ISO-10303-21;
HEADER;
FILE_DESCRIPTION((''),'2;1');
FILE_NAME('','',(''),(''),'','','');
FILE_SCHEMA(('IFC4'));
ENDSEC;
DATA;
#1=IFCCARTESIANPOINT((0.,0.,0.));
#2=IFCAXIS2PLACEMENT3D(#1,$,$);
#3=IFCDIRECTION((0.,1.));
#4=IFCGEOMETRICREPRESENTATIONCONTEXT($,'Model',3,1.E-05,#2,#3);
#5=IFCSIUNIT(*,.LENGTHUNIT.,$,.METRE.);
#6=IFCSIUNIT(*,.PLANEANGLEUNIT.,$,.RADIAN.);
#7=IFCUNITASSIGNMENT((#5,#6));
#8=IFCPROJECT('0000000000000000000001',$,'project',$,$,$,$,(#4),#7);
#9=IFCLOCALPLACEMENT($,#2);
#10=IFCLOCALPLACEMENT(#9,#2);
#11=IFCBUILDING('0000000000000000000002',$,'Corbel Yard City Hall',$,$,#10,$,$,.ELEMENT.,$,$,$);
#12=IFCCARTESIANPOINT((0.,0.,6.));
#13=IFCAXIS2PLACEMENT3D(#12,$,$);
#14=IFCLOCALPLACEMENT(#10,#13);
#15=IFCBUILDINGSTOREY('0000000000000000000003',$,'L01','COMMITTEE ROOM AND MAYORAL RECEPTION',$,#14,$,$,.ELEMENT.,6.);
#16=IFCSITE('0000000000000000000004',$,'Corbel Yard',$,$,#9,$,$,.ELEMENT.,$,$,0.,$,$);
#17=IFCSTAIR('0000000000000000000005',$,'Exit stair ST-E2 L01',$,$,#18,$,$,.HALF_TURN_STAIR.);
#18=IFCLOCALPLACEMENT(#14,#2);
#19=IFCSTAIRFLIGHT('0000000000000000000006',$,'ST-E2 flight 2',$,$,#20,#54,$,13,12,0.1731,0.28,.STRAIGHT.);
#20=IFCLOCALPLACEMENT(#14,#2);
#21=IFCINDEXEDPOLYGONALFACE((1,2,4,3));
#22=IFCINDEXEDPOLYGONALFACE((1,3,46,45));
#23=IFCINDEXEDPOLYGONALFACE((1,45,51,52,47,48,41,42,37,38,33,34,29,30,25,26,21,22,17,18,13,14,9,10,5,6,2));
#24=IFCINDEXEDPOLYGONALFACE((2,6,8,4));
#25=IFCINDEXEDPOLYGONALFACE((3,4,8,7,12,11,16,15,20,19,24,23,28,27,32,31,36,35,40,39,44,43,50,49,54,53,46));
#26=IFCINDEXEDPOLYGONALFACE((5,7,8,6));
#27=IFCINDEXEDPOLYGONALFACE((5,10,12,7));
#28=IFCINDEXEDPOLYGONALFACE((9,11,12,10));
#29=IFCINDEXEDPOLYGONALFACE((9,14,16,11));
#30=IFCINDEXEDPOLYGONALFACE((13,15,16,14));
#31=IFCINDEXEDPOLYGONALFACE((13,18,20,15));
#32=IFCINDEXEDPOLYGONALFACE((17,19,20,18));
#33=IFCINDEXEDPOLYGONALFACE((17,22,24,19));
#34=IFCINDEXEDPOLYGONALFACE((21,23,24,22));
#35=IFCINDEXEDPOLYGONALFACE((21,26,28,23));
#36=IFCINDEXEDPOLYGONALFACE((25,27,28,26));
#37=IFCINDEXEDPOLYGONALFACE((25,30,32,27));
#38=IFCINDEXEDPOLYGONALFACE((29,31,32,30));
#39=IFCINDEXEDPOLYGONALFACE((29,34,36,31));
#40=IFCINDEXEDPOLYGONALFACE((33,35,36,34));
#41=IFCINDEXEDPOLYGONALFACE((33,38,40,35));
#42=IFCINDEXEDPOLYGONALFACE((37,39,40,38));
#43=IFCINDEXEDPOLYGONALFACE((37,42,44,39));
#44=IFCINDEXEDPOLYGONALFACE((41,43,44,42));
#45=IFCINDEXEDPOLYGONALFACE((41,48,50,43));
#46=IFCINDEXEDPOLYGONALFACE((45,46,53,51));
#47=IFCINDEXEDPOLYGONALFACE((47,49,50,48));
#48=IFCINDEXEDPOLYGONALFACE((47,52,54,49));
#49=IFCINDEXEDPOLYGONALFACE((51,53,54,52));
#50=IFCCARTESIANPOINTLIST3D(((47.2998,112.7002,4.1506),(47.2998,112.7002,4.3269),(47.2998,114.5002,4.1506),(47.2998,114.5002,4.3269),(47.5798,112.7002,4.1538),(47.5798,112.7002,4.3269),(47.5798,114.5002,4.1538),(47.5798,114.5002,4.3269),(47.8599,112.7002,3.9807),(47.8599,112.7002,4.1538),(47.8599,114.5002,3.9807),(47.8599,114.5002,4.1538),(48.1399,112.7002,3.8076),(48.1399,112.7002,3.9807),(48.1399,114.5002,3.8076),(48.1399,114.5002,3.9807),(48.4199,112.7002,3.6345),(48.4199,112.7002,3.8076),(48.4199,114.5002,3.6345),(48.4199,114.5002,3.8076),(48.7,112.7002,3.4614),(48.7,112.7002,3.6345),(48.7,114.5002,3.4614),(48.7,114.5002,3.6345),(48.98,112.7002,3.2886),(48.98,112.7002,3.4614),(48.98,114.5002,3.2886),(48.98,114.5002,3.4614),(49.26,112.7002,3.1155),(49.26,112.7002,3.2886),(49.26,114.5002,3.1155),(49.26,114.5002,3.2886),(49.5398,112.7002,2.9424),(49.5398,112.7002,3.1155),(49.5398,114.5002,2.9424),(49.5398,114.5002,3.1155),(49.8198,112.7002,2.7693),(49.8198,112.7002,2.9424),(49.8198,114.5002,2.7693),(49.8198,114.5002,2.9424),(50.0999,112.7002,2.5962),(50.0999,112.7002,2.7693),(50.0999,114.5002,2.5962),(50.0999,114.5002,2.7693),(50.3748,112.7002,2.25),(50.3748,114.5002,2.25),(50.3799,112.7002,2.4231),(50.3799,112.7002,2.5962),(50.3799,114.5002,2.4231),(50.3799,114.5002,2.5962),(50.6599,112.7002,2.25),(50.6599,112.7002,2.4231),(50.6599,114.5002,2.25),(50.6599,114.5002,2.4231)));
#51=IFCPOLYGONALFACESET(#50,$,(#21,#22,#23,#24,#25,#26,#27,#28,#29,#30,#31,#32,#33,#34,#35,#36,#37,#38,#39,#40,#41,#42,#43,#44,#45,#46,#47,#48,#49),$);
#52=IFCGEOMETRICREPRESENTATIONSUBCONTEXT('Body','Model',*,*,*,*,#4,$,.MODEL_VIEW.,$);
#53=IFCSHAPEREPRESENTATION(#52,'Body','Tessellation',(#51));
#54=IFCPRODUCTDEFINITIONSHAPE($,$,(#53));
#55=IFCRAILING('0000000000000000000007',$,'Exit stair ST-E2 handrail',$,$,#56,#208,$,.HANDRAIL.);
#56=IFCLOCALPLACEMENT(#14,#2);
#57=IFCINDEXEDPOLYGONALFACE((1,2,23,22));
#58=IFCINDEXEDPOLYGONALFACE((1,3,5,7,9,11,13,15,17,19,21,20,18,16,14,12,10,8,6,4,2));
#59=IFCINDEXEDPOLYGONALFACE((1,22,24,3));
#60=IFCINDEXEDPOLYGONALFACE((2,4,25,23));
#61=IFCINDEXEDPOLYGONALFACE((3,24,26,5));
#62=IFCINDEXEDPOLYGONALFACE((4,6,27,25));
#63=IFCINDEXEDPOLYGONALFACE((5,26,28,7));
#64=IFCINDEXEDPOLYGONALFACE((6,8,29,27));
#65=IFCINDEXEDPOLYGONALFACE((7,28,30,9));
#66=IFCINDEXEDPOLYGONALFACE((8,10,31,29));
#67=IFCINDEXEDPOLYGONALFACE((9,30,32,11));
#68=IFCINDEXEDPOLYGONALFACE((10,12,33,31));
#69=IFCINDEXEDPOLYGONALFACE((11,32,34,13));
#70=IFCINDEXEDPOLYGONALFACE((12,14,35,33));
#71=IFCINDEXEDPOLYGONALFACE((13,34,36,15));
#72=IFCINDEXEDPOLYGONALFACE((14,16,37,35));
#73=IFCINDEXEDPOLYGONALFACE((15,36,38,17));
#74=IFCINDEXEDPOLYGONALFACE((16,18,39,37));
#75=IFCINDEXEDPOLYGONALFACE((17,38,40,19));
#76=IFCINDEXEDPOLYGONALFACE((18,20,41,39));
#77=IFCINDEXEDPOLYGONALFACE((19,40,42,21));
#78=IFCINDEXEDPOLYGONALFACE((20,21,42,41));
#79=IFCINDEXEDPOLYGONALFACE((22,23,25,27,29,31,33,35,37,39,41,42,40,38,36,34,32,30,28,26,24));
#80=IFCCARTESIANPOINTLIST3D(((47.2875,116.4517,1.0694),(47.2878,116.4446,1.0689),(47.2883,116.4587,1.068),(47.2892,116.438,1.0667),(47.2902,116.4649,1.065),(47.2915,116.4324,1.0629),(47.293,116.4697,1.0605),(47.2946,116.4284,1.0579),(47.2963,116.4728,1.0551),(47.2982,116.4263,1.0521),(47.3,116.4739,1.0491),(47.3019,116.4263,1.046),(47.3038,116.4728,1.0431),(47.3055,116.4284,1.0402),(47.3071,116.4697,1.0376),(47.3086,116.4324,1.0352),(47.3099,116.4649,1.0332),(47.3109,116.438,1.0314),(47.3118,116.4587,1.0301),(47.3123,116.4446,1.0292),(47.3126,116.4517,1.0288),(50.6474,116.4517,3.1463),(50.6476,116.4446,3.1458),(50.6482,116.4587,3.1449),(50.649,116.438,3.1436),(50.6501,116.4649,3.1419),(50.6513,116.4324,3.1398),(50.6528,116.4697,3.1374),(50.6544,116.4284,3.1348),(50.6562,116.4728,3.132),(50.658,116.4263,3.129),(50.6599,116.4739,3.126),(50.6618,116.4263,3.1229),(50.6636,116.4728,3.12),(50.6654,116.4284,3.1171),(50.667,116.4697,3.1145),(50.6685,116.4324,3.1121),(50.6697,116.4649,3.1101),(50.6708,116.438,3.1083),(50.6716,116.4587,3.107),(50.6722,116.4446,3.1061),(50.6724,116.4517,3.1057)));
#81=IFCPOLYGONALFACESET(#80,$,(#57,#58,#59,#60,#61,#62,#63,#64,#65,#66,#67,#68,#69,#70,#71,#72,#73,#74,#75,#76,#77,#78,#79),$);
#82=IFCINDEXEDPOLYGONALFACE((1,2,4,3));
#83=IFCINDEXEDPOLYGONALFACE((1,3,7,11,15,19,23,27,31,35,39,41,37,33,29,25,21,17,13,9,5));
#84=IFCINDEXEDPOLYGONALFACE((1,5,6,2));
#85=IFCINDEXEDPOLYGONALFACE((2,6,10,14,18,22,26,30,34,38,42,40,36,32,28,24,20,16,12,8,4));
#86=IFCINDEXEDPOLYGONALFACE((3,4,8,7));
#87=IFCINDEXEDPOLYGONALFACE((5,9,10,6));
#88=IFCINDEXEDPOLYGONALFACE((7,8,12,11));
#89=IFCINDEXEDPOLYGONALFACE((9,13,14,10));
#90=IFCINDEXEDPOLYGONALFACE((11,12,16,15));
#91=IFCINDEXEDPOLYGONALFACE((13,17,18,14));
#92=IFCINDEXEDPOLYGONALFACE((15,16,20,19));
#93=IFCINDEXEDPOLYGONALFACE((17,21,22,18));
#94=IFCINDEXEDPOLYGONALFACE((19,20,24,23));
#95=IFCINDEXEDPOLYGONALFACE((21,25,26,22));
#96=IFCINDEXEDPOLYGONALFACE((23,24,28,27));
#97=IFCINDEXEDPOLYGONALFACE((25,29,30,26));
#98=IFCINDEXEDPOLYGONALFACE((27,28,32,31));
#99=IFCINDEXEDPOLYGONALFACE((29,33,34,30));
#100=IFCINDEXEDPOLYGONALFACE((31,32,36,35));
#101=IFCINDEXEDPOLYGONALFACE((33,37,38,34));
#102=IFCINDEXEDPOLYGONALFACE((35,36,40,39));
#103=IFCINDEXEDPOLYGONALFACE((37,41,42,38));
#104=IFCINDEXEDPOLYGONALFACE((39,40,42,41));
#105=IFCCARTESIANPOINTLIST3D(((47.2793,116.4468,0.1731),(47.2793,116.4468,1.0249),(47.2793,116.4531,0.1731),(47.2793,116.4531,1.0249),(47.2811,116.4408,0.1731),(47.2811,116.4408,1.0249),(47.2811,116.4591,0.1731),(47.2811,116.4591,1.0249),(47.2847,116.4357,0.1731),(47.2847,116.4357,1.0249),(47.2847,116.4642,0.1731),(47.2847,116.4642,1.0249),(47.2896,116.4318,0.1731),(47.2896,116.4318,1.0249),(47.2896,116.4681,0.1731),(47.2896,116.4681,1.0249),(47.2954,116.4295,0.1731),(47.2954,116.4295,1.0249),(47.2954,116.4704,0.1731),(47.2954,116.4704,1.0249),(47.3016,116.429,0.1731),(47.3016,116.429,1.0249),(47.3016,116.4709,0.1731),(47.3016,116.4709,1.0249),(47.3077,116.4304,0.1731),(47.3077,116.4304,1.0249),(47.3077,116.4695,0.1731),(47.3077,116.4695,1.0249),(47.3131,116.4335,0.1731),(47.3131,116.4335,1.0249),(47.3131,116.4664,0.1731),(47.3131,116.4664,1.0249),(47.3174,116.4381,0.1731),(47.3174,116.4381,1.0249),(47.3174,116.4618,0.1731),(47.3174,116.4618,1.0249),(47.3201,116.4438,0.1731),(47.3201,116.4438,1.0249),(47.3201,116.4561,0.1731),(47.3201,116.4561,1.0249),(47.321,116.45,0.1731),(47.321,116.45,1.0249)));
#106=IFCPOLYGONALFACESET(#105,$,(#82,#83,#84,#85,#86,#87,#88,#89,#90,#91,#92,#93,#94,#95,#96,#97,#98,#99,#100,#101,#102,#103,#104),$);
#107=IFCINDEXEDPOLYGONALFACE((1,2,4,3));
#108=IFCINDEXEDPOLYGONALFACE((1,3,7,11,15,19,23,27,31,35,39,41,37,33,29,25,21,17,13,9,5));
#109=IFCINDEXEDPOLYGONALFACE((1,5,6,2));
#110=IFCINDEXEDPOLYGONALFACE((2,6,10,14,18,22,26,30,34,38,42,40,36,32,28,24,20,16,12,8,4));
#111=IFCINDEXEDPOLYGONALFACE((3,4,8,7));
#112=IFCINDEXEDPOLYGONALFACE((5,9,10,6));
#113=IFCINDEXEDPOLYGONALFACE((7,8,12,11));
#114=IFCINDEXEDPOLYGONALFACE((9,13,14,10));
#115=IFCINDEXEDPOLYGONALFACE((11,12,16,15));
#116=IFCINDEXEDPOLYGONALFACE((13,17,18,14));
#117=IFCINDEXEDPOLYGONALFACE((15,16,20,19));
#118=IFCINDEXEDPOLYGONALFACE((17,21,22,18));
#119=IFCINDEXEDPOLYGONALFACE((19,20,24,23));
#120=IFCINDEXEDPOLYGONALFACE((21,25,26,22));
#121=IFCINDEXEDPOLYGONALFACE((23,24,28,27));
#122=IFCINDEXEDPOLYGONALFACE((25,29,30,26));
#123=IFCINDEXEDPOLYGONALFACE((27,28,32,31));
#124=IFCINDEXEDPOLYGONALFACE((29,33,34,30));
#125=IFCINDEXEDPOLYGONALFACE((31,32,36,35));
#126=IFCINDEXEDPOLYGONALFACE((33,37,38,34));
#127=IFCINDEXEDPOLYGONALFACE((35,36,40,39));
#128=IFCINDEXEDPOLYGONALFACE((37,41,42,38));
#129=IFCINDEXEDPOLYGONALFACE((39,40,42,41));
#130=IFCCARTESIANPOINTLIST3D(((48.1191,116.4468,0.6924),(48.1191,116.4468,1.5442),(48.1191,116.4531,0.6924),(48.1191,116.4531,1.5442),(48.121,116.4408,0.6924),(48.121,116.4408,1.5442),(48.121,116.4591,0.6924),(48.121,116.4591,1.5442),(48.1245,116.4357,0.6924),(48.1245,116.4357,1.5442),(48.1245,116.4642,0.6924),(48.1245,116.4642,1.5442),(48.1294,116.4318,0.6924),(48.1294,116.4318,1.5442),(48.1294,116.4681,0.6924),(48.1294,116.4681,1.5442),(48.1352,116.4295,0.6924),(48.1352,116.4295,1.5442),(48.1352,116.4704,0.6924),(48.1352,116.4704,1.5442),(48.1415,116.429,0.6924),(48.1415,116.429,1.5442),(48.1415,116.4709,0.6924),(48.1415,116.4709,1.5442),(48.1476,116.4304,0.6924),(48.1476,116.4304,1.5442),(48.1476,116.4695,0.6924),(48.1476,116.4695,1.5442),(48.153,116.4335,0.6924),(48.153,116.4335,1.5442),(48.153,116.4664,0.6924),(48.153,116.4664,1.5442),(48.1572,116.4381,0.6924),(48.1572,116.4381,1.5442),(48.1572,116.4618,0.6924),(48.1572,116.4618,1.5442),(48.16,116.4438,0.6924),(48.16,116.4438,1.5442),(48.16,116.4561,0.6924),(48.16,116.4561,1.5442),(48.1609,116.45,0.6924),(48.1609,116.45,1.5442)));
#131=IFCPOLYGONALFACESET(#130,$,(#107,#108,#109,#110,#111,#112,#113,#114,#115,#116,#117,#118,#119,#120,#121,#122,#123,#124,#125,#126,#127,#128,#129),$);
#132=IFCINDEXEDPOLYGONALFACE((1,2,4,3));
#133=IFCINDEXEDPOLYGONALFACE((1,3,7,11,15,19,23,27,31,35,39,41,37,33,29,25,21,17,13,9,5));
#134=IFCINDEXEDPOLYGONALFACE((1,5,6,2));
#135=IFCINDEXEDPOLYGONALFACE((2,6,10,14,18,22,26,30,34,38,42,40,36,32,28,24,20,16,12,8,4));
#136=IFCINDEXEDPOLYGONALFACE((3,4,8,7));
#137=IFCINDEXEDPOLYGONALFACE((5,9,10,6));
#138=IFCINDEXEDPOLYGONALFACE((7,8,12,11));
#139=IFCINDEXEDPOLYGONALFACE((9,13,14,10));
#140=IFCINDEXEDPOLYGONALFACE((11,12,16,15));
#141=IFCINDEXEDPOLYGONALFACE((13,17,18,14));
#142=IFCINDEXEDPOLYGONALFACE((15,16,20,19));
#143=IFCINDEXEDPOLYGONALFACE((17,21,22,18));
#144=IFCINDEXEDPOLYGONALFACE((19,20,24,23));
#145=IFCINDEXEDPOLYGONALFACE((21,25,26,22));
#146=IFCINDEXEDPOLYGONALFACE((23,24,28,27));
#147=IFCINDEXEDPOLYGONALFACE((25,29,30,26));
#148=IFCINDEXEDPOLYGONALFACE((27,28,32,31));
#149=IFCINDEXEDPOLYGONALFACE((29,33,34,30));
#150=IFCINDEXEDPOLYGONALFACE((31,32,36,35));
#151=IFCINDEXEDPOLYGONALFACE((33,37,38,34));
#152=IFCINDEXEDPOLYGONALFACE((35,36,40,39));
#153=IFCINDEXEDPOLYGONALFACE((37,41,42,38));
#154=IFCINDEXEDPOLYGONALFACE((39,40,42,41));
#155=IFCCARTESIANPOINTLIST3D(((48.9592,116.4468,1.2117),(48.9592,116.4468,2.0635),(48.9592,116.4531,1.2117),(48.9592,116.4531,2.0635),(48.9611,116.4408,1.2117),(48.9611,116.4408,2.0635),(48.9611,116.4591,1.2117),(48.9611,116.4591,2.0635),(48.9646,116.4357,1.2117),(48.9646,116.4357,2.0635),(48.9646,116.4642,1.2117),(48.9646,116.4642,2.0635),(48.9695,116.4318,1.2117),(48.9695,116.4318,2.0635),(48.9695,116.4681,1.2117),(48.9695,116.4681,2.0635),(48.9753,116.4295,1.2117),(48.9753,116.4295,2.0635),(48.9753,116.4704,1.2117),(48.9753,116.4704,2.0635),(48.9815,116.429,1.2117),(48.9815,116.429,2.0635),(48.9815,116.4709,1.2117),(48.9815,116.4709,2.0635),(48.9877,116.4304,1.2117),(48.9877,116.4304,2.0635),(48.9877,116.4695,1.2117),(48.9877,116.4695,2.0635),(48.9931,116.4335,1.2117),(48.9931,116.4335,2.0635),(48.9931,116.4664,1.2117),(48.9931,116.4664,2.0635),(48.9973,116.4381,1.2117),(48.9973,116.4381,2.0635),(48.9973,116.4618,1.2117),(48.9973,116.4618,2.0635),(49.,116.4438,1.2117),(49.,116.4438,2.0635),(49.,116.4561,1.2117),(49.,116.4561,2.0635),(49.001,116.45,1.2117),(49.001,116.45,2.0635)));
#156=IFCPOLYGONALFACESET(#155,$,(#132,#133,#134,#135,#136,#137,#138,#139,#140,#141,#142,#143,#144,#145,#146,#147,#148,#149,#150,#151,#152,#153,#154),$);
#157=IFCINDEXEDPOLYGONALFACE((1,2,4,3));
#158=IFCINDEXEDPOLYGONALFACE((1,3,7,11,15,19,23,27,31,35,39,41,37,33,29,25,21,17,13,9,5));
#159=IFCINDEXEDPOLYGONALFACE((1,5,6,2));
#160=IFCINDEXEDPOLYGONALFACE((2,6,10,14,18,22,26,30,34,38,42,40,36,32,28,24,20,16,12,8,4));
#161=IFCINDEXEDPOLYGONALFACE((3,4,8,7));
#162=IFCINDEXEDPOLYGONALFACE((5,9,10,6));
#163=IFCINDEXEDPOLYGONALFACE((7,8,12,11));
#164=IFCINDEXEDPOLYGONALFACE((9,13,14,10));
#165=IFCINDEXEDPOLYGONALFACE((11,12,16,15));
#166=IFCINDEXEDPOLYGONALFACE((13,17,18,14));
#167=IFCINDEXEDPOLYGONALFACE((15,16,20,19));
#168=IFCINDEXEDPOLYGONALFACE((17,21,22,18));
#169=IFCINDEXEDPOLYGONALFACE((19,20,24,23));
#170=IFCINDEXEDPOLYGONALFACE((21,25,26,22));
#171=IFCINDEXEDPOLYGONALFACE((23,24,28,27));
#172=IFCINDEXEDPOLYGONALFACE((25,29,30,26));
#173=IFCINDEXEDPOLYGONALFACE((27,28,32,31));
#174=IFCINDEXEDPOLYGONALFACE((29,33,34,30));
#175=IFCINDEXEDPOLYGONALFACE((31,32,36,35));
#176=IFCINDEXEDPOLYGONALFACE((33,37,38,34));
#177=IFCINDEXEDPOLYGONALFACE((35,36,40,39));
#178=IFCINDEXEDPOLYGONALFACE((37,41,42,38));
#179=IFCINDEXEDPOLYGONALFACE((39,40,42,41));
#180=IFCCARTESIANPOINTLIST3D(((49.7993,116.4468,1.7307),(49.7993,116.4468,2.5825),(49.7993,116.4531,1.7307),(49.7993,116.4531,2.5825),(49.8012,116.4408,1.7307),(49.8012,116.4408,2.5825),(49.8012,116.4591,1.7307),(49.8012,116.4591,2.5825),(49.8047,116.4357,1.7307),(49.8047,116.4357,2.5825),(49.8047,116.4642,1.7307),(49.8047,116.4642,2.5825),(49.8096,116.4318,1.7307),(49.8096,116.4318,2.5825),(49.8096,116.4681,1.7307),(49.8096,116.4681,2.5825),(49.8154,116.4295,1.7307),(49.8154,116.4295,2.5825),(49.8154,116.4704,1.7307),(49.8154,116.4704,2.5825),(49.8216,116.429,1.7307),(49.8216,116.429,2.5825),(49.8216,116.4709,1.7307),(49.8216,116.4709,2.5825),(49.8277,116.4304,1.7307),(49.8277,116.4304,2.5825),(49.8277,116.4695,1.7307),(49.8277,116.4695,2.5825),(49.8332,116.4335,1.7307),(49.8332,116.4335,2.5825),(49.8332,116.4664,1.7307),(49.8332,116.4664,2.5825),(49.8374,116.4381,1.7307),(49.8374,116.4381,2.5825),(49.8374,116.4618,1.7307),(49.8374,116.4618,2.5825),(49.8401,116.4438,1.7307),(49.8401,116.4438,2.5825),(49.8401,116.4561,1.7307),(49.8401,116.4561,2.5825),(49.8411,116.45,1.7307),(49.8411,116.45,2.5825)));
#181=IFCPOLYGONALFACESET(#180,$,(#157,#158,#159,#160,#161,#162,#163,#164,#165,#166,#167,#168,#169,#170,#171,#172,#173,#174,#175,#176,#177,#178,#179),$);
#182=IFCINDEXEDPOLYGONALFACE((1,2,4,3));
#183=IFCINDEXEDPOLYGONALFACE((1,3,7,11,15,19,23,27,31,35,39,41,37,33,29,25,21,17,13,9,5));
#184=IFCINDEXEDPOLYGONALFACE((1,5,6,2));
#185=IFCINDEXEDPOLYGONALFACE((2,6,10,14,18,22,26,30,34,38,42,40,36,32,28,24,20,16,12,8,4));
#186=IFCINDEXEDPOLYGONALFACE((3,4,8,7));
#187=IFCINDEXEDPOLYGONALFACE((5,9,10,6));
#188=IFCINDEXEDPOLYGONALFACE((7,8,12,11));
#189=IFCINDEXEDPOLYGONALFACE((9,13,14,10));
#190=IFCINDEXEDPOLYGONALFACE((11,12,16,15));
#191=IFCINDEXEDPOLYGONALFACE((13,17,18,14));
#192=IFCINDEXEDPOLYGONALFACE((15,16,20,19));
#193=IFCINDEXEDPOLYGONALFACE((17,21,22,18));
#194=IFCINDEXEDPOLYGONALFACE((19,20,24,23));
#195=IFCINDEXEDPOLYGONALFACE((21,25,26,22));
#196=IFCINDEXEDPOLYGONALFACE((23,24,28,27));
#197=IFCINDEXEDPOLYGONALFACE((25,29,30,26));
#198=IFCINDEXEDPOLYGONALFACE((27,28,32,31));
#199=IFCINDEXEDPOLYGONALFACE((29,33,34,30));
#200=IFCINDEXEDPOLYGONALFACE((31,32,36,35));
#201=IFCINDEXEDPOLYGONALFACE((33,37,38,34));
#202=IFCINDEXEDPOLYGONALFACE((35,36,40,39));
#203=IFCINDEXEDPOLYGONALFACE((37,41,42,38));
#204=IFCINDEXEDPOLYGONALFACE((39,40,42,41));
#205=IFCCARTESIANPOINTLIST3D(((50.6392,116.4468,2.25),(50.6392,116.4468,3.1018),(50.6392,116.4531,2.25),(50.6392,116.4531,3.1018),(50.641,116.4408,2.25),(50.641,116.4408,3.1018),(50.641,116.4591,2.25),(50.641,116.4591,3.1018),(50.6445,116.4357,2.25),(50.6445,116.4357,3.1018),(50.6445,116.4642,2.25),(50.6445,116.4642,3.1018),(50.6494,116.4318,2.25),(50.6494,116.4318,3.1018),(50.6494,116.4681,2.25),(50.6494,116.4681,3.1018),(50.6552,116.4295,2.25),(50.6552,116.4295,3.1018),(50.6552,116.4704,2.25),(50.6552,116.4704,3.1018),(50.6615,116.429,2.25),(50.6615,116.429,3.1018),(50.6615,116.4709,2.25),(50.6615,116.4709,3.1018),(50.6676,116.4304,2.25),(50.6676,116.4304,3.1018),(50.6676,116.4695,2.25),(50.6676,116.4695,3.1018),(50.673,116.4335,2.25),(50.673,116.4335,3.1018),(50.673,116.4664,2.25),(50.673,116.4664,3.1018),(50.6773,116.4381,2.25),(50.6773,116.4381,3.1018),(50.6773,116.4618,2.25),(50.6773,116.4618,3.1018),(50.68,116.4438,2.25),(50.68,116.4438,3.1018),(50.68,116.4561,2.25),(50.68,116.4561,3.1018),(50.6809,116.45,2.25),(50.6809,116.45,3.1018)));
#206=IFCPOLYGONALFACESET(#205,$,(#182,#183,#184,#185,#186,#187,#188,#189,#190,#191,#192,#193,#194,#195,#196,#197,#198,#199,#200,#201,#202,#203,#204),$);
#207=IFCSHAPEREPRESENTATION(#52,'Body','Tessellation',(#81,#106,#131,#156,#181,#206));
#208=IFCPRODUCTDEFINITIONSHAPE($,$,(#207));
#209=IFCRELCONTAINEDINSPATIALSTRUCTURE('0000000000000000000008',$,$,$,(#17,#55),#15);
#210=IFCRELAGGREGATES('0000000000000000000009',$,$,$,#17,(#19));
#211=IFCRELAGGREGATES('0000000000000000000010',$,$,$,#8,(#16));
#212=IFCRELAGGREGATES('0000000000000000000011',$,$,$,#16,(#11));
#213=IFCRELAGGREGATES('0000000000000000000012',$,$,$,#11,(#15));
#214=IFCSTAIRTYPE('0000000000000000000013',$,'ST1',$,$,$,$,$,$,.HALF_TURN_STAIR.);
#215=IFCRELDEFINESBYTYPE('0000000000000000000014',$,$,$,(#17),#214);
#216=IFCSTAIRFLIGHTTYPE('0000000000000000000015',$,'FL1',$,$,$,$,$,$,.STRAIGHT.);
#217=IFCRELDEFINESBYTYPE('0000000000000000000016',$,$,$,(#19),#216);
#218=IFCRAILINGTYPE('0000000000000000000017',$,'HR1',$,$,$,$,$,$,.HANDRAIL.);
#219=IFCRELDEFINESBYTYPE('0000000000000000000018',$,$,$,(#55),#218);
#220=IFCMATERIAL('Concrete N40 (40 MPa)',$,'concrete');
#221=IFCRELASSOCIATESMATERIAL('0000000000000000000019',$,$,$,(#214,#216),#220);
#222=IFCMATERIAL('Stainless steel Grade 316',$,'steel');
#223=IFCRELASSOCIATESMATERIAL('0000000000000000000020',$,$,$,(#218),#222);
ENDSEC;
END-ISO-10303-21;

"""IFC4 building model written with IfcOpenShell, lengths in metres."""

from ifc_helpers import new_model, si_unit, direction, frame, origin, origin_2d, place, context, subcontext, project, spatial, polyline, circle, outline, extrude, material, type_object, element, aggregate, save


model = new_model("IFC4")

# Units and contexts
model_context = context("Model", 3, precision=1e-05, world=origin(), true_north=direction((0.0, 1.0)))
body_context = subcontext(model_context, "Body", "Model", "MODEL_VIEW")
ifc_project = project(units=[si_unit("LENGTHUNIT", "METRE"), si_unit("PLANEANGLEUNIT", "RADIAN")], contexts=[model_context])

# Site, building, storey
site_placement = place(None, origin())
site = spatial("IfcSite", under=ifc_project, at=site_placement, Name="Corbel Yard", CompositionType="ELEMENT", RefElevation=0.0)
building_placement = place(site_placement, origin())
building = spatial("IfcBuilding", under=site, at=building_placement, Name="Corbel Yard City Hall", CompositionType="ELEMENT")
storey_placement = place(building_placement, frame((0.0, 0.0, 6.0)))
storey = spatial("IfcBuildingStorey", under=building, at=storey_placement, Name="L01", Description="COMMITTEE ROOM AND MAYORAL RECEPTION", CompositionType="ELEMENT", Elevation=6.0)

# Shared definitions
ifc_material_1 = material(Name="Concrete N40 (40 MPa)", Category="concrete")

# Stair, stair flight
stair_type = type_object("IfcStairType", Name="ST1", PredefinedType="HALF_TURN_STAIR", material=ifc_material_1)
stair_placement = place(storey_placement, origin())
stair = element("IfcStair", 1, at=stair_placement, inside=storey, type_object=stair_type, Name="Exit stair ST-E2 L01", PredefinedType="HALF_TURN_STAIR")
stair_flight_type = type_object("IfcStairFlightType", Name="FL1", PredefinedType="STRAIGHT", material=ifc_material_1)
stair_flight_1_placement = place(storey_placement, frame((50.6599, 113.6001, 2.25), z_axis=(0.0, 0.0, 1.0), x_axis=(-1.0, 0.0, 0.0)))
stair_flight_1 = element("IfcStairFlight", 2, at=stair_flight_1_placement, type_object=stair_flight_type, Name="ST-E2 flight 2", NumberOfRisers=13, NumberOfTreads=12, PredefinedType="STRAIGHT", RiserHeight=0.1731, TreadLength=0.28, context=body_context, shape_type="SweptSolid", body=[
    extrude(outline(polyline([(0.0, 0.0), (0.0, 0.1731), (0.28, 0.1731), (0.28, 0.3462), (0.5601, 0.3462), (0.5601, 0.5193), (0.8401, 0.5193), (0.8401, 0.6924), (1.1201, 0.6924), (1.1201, 0.8655), (1.3999, 0.8655), (1.3999, 1.0386), (1.6799, 1.0386), (1.6799, 1.2114), (1.96, 1.2114), (1.96, 1.3845), (2.24, 1.3845), (2.24, 1.5576), (2.52, 1.5576), (2.52, 1.7307), (2.8, 1.7307), (2.8, 1.9038), (3.0801, 1.9038), (3.0801, 2.0769), (3.3601, 2.0769), (3.3601, 2.25), (3.3601, 1.9006), (0.2852, 0.0), (0.0, 0.0)])), frame((0.0, 0.8999, 0.0), z_axis=(0.0, -1.0, 0.0), x_axis=(1.0, 0.0, 0.0)), (0.0, 0.0, 1.0), 1.8),
])
aggregate(stair, [stair_flight_1])

# Railing
ifc_material_2 = material(Name="Stainless steel Grade 316", Category="steel")
railing_type = type_object("IfcRailingType", Name="HR1", PredefinedType="HANDRAIL", material=ifc_material_2)
for number, where, name in (
    (3, (47.3, 116.45, 0.1731), "Exit stair ST-E2 handrail"),
):
    element("IfcRailing", number, at=place(storey_placement, frame(where)), inside=storey, type_object=railing_type, Name=name, PredefinedType="HANDRAIL", context=body_context, shape_type="SweptSolid", body=[
        extrude(circle(Radius=0.0239, at=origin_2d()), frame((0.0, 0.0, 0.876), z_axis=(0.850606, 0.0, 0.525803), x_axis=(0.0, 1.0, 0.0)), (0.0, 0.0, 1.0), 3.95),
        extrude(circle(Radius=0.021, at=origin_2d()), origin(), (0.0, 0.0, 1.0), 0.8518),
        extrude(circle(Radius=0.021, at=origin_2d()), frame((0.8398, 0.0, 0.5193)), (0.0, 0.0, 1.0), 0.8518),
        extrude(circle(Radius=0.021, at=origin_2d()), frame((1.6799, 0.0, 1.0386)), (0.0, 0.0, 1.0), 0.8518),
        extrude(circle(Radius=0.021, at=origin_2d()), frame((2.52, 0.0, 1.5576)), (0.0, 0.0, 1.0), 0.8518),
        extrude(circle(Radius=0.021, at=origin_2d()), frame((3.3599, 0.0, 2.0769)), (0.0, 0.0, 1.0), 0.8518),
    ])

save(model, "model.ifc")
